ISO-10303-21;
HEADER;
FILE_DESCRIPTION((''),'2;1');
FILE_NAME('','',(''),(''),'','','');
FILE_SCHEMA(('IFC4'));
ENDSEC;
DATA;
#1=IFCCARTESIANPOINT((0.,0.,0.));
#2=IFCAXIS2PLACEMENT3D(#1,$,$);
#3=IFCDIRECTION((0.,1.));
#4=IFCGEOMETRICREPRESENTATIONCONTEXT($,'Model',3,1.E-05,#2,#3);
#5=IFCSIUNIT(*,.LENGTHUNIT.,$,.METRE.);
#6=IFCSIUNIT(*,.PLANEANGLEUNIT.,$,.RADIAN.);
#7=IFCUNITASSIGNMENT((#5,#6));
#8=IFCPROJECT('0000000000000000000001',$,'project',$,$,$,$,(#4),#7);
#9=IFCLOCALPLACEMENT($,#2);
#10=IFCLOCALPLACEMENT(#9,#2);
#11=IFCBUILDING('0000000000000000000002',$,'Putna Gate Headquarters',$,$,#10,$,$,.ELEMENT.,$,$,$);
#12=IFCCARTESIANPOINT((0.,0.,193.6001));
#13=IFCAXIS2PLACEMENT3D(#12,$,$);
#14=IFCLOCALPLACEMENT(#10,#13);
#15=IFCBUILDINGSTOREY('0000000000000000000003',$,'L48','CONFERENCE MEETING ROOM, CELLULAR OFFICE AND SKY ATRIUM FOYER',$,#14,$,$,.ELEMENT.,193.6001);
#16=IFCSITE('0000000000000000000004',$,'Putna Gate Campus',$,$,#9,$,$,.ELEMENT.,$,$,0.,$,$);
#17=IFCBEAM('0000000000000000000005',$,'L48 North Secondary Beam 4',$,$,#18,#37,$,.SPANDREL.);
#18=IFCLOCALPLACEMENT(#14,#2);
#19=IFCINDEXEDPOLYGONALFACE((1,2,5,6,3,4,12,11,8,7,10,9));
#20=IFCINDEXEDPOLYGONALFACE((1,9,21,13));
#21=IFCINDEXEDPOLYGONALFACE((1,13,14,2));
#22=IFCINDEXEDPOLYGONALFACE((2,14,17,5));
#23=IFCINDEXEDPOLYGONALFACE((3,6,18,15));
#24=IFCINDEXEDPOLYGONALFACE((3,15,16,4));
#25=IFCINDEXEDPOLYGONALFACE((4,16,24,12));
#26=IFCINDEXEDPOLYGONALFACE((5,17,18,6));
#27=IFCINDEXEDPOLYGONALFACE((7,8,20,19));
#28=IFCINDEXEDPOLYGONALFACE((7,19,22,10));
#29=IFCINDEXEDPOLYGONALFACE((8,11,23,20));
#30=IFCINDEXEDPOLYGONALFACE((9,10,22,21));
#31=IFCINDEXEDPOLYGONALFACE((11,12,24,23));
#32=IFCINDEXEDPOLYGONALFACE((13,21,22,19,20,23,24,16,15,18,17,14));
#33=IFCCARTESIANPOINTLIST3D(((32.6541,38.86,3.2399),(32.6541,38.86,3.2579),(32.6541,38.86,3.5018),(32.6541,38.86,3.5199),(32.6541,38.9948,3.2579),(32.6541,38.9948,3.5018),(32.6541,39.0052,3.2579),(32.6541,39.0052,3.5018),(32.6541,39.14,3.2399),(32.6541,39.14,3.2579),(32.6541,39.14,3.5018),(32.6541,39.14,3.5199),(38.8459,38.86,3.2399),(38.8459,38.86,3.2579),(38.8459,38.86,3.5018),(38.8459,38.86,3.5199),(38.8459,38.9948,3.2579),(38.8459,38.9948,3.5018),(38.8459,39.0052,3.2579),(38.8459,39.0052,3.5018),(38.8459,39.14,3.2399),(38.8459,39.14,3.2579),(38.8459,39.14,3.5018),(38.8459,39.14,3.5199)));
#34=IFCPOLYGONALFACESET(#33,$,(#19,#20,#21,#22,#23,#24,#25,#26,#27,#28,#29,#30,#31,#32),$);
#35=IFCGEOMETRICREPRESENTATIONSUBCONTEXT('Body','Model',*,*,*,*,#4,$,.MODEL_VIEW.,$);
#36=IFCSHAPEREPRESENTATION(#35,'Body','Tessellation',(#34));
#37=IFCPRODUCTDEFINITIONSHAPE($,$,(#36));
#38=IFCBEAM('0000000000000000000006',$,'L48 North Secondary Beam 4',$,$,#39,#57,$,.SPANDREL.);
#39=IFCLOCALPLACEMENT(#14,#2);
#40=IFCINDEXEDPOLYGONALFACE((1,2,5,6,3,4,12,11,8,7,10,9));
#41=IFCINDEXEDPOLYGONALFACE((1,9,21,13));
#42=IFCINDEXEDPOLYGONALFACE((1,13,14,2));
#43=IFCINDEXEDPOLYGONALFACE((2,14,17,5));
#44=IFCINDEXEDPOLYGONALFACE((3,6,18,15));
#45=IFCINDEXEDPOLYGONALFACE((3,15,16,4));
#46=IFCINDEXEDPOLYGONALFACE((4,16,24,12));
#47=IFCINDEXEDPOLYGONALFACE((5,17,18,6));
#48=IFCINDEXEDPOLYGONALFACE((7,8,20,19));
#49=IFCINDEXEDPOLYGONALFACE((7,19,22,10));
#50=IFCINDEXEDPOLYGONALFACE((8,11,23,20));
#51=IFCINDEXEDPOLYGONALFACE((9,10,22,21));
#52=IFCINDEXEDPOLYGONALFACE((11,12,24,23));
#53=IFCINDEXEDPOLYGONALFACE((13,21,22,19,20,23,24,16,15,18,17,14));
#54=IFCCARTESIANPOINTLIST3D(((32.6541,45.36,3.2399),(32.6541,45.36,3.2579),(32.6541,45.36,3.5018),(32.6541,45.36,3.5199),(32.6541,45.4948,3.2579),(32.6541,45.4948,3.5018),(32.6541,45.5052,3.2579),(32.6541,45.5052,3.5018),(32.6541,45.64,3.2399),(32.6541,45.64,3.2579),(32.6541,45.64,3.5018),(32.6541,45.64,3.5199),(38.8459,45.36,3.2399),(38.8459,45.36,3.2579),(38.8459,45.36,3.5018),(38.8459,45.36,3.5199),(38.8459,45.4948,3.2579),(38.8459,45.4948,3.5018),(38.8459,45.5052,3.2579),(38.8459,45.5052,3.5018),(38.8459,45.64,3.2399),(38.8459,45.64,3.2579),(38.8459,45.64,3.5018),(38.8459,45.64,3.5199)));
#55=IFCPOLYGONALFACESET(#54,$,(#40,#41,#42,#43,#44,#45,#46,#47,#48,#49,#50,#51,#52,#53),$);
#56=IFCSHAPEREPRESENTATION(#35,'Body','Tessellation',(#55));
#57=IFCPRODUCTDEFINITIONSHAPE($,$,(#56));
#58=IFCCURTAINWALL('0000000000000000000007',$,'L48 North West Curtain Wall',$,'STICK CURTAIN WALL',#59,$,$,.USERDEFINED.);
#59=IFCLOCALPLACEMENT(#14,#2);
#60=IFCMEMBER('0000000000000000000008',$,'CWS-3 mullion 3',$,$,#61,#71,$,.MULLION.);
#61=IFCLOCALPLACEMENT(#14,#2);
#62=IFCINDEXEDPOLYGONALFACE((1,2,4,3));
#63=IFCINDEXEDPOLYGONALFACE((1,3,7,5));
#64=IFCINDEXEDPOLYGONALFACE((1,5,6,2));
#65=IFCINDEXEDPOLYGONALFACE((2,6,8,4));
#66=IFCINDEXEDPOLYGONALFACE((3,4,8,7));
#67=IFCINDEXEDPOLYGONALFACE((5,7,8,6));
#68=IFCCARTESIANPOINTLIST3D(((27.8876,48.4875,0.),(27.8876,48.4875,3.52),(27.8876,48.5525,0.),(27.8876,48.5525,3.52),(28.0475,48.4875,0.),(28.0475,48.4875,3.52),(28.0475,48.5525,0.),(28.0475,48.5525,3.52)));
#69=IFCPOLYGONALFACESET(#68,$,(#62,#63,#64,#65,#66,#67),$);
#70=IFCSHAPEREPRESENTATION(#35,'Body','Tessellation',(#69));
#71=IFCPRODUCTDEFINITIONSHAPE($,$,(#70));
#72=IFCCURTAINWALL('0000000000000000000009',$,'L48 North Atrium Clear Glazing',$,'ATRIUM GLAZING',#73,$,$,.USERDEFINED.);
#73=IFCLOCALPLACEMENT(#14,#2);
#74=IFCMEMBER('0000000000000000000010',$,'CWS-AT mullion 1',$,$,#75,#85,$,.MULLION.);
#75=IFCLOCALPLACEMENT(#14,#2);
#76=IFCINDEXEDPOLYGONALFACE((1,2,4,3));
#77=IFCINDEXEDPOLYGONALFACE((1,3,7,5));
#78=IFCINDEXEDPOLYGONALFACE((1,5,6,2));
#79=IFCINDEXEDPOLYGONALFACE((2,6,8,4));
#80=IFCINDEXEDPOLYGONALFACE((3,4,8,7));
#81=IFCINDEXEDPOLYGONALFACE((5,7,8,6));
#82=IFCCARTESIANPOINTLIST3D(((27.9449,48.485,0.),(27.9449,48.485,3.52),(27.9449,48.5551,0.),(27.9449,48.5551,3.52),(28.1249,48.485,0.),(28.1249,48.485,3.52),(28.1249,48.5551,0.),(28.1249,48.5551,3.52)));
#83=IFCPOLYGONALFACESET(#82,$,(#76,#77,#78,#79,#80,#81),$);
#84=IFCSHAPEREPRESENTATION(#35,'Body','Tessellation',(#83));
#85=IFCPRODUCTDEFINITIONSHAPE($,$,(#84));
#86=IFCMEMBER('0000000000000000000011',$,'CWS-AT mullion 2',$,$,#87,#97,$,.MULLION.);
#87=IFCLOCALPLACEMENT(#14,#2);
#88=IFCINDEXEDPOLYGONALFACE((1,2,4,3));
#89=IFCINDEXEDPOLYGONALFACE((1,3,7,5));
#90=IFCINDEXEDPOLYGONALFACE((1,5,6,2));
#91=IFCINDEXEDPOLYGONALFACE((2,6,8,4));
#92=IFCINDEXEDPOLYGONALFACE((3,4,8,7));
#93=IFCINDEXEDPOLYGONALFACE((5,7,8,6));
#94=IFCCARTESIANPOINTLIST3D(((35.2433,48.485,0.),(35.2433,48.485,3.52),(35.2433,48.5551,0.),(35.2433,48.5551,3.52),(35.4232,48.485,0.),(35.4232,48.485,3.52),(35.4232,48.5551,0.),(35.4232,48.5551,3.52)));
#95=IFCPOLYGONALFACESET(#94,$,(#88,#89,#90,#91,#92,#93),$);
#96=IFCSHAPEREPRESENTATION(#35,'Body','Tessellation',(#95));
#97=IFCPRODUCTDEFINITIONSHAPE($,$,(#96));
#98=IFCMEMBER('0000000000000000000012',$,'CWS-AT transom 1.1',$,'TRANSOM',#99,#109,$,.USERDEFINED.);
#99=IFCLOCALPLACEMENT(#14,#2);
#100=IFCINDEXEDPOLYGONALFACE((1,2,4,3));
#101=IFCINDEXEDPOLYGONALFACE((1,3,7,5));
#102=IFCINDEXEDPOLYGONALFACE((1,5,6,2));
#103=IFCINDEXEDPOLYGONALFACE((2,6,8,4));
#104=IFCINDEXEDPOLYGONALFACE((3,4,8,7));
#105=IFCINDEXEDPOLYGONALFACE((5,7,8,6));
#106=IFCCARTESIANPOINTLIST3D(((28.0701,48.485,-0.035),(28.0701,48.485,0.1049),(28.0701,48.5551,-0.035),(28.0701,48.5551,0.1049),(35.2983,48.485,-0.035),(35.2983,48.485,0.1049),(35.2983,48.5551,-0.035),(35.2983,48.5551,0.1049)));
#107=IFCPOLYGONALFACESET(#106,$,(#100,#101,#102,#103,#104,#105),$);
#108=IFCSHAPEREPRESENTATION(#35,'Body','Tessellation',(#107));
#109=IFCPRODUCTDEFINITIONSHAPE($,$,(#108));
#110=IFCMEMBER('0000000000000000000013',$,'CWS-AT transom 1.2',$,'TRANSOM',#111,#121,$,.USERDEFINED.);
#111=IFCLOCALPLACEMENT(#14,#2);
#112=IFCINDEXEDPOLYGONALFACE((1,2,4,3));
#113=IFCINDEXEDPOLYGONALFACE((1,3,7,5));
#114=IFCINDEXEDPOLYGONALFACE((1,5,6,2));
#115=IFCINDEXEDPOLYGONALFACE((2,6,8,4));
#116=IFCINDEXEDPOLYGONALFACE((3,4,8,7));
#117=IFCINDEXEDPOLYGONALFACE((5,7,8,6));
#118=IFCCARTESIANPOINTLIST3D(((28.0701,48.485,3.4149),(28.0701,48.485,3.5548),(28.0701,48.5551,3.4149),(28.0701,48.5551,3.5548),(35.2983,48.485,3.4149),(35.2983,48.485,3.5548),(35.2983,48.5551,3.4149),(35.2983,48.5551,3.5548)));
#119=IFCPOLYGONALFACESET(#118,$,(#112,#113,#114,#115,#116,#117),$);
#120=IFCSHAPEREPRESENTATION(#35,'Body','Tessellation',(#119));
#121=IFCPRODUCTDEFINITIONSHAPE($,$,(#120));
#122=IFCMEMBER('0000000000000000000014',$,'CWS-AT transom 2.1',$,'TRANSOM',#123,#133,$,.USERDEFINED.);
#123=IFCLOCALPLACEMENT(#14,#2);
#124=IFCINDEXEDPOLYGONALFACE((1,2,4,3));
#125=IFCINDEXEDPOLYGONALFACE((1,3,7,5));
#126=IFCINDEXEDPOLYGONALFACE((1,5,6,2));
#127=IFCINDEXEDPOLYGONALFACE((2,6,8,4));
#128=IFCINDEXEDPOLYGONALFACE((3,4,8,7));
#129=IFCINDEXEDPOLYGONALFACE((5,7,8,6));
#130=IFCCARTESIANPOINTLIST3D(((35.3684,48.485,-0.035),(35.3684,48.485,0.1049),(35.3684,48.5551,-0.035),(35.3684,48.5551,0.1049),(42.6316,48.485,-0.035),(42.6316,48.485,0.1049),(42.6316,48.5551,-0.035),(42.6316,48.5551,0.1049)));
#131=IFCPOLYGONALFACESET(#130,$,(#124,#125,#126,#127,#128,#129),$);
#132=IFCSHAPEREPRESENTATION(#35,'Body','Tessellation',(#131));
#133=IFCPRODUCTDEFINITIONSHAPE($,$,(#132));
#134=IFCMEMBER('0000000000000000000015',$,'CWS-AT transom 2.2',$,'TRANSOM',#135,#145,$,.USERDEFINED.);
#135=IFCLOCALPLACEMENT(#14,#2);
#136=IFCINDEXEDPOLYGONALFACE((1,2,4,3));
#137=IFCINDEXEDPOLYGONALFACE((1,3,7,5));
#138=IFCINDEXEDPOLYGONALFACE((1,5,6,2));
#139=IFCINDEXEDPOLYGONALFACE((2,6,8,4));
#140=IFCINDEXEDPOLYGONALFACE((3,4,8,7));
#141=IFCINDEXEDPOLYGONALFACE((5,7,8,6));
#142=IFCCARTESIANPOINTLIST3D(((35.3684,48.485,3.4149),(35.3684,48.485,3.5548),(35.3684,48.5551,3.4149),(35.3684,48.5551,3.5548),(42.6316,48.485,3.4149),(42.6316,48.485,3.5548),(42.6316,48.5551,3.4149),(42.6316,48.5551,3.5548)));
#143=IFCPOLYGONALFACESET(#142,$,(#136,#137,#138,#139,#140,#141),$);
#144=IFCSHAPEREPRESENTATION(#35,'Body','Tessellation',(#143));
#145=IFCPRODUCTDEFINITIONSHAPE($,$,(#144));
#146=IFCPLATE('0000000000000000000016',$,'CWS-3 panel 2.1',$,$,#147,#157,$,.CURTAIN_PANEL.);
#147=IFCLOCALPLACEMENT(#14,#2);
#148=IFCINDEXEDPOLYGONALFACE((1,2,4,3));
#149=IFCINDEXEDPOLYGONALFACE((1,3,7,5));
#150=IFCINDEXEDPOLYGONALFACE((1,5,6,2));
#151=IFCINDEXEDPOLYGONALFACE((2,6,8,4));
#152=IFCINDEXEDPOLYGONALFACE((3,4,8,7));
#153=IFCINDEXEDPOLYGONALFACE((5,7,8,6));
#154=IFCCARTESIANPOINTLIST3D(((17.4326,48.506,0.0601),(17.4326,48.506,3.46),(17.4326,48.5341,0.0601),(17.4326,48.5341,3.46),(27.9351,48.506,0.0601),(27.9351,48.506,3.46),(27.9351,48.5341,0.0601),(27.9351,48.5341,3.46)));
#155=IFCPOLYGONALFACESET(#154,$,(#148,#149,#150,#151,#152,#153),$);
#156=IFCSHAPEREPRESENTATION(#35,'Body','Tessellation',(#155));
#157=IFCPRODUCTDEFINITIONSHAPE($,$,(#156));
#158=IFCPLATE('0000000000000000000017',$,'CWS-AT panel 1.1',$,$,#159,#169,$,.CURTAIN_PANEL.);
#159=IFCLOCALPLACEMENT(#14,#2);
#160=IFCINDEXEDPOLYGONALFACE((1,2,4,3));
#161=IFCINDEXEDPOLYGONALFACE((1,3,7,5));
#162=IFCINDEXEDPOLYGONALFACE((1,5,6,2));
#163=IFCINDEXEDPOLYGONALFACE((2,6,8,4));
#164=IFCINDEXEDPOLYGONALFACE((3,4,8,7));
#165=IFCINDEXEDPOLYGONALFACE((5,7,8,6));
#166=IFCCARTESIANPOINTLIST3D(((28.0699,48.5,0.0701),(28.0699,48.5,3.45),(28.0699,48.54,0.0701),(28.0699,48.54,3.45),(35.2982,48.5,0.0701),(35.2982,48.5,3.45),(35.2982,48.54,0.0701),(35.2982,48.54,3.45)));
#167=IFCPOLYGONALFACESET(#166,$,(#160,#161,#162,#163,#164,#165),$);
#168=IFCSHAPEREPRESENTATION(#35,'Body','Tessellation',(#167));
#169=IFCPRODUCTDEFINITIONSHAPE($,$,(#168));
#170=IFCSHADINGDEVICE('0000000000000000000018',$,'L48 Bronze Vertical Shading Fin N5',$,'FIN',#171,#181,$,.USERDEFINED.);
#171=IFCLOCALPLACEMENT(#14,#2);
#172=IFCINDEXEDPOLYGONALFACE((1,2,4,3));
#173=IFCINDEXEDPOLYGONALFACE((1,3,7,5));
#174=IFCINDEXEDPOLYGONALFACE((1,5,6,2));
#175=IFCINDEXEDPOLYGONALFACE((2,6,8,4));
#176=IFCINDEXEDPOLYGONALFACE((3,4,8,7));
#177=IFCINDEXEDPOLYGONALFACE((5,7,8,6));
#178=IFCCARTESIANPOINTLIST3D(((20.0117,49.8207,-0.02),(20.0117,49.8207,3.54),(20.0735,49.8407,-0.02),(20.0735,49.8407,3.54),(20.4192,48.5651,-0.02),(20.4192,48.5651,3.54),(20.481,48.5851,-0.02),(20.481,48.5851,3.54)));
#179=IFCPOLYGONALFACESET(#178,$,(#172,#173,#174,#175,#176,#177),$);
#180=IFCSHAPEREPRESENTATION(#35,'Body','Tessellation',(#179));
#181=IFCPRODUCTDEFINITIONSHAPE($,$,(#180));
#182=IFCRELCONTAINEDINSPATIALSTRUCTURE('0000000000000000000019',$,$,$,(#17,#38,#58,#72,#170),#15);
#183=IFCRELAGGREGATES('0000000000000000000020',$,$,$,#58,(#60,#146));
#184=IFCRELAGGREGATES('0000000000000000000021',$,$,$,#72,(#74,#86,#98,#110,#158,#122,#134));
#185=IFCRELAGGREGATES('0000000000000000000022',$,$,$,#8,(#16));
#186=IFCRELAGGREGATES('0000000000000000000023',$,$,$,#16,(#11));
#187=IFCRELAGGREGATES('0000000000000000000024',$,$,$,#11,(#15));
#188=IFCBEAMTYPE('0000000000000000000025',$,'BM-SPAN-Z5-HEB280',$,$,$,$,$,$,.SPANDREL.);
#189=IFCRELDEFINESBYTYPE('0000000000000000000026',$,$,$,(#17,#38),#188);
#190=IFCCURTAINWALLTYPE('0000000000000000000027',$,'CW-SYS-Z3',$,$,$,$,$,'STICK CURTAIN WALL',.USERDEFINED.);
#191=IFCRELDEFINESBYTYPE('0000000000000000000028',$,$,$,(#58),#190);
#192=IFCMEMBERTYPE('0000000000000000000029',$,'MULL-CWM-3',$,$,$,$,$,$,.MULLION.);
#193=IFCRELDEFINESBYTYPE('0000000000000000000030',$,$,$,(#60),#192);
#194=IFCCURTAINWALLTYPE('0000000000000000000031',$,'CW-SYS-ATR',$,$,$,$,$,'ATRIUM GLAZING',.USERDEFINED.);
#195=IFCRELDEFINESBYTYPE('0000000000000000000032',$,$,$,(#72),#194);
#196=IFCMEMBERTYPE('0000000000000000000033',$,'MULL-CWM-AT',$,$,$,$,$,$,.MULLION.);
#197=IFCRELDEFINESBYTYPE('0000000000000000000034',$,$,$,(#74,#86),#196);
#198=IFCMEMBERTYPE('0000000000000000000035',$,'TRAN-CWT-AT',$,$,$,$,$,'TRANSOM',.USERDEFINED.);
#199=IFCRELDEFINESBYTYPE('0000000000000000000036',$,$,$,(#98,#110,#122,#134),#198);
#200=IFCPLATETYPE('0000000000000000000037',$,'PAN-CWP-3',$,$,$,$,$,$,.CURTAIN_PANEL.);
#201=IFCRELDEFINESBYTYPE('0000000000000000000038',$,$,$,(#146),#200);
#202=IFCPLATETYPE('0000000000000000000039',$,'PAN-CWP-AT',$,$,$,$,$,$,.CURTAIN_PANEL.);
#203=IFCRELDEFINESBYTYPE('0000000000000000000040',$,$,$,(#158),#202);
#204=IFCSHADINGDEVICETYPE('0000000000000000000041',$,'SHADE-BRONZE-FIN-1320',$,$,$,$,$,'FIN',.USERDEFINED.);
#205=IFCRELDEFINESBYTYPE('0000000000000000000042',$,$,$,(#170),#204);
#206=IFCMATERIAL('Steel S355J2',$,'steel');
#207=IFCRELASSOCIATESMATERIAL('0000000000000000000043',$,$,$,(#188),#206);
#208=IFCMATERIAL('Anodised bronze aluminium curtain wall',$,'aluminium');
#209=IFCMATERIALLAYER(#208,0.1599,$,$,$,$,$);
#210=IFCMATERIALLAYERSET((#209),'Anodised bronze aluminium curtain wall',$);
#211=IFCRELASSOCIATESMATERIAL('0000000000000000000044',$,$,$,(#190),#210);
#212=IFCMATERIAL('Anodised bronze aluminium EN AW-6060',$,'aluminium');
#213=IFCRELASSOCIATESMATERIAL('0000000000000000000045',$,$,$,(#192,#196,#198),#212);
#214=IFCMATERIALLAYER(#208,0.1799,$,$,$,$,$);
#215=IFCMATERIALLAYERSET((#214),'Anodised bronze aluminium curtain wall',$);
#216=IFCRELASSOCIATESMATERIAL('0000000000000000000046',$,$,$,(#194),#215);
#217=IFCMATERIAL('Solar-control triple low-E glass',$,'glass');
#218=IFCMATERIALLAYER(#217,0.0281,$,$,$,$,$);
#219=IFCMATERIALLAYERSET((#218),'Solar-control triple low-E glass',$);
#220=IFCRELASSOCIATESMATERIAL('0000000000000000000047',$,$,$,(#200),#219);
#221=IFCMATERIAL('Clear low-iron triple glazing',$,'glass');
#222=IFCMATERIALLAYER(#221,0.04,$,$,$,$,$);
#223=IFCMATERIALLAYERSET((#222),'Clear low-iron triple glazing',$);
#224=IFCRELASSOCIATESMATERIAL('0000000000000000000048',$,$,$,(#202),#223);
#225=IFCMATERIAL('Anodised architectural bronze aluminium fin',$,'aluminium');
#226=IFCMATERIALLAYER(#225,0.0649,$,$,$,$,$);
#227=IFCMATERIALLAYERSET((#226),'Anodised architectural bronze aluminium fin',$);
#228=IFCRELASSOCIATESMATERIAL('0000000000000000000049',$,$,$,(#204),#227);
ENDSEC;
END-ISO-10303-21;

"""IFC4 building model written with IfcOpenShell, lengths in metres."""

from ifc_helpers import new_model, si_unit, direction, frame, origin, origin_2d, place, context, subcontext, project, spatial, rectangle, i_section, extrude, material, layer, layer_set, material_profile, profile_set, type_object, element, aggregate, save


model = new_model("IFC4")

# Units and contexts
model_context = context("Model", 3, precision=1e-05, world=origin(), true_north=direction((0.0, 1.0)))
body_context = subcontext(model_context, "Body", "Model", "MODEL_VIEW")
ifc_project = project(units=[si_unit("LENGTHUNIT", "METRE"), si_unit("PLANEANGLEUNIT", "RADIAN")], contexts=[model_context])

# Site, building, storey
site_placement = place(None, origin())
site = spatial("IfcSite", under=ifc_project, at=site_placement, Name="Putna Gate Campus", CompositionType="ELEMENT", RefElevation=0.0)
building_placement = place(site_placement, origin())
building = spatial("IfcBuilding", under=site, at=building_placement, Name="Putna Gate Headquarters", CompositionType="ELEMENT")
storey_placement = place(building_placement, frame((0.0, 0.0, 193.6001)))
storey = spatial("IfcBuildingStorey", under=building, at=storey_placement, Name="L48", Description="CONFERENCE MEETING ROOM, CELLULAR OFFICE AND SKY ATRIUM FOYER", CompositionType="ELEMENT", Elevation=193.6001)

# Beams
ifc_material_1 = material(Name="Steel S355J2", Category="steel")
ifc_material_profile_1 = material_profile(ifc_material_1, i_section(OverallWidth=0.28, OverallDepth=0.28, WebThickness=0.0105, FlangeThickness=0.0181, at=origin_2d()), Name="Steel S355J2")
ifc_profile_set_1 = profile_set([ifc_material_profile_1], Name="Steel S355J2")
beam_type_1 = type_object("IfcBeamType", Name="BM-SPAN-Z5-HEB280", PredefinedType="SPANDREL", material=ifc_profile_set_1)
for number, where, z_axis, x_axis, name in (
    (1, (32.6541, 39.0, 3.3799), (1.0, 0.0, 0.0), (0.0, 1.0, 0.0), "L48 North Secondary Beam 4"),
    (2, (32.6541, 45.5, 3.3799), (1.0, 0.0, 0.0), (0.0, 1.0, 0.0), "L48 North Secondary Beam 4"),
):
    element("IfcBeam", number, at=place(storey_placement, frame(where, z_axis=z_axis, x_axis=x_axis)), inside=storey, type_object=beam_type_1, Name=name, PredefinedType="SPANDREL", context=body_context, shape_type="SweptSolid", body=[
        extrude(i_section(OverallWidth=0.28, OverallDepth=0.28, WebThickness=0.0105, FlangeThickness=0.0181, at=origin_2d()), origin(), (0.0, 0.0, 1.0), 6.1919),
    ])

# Curtain wall, member
ifc_material_2 = material(Name="Anodised bronze aluminium curtain wall", Category="aluminium")
ifc_layer_1 = layer(ifc_material_2, 0.1599)
ifc_layer_set_1 = layer_set([ifc_layer_1], Name="Anodised bronze aluminium curtain wall")
curtain_wall_type_1 = type_object("IfcCurtainWallType", Name="CW-SYS-Z3", ElementType="STICK CURTAIN WALL", PredefinedType="USERDEFINED", material=ifc_layer_set_1)
curtain_wall_1_placement = place(storey_placement, origin())
curtain_wall_1 = element("IfcCurtainWall", 3, at=curtain_wall_1_placement, inside=storey, type_object=curtain_wall_type_1, Name="L48 North West Curtain Wall", ObjectType="STICK CURTAIN WALL", PredefinedType="USERDEFINED")
ifc_material_3 = material(Name="Anodised bronze aluminium EN AW-6060", Category="aluminium")
ifc_material_profile_2 = material_profile(ifc_material_3, rectangle(XDim=0.0649, YDim=0.1599, at=origin_2d()), Name="Anodised bronze aluminium EN AW-6060")
ifc_profile_set_2 = profile_set([ifc_material_profile_2], Name="Anodised bronze aluminium EN AW-6060")
member_type_1 = type_object("IfcMemberType", Name="MULL-CWM-3", PredefinedType="MULLION", material=ifc_profile_set_2)
member_1_placement = place(storey_placement, frame((27.9675, 48.52, 0.0), z_axis=(0.0, 0.0, 1.0), x_axis=(0.0, 1.0, 0.0)))
member_1 = element("IfcMember", 4, at=member_1_placement, type_object=member_type_1, Name="CWS-3 mullion 3", PredefinedType="MULLION", context=body_context, shape_type="SweptSolid", body=[
    extrude(rectangle(XDim=0.0649, YDim=0.1599, at=origin_2d()), origin(), (0.0, 0.0, 1.0), 3.52),
])

# Curtain wall, members
ifc_layer_2 = layer(ifc_material_2, 0.1799)
ifc_layer_set_2 = layer_set([ifc_layer_2], Name="Anodised bronze aluminium curtain wall")
curtain_wall_type_2 = type_object("IfcCurtainWallType", Name="CW-SYS-ATR", ElementType="ATRIUM GLAZING", PredefinedType="USERDEFINED", material=ifc_layer_set_2)
curtain_wall_2_placement = place(storey_placement, origin())
curtain_wall_2 = element("IfcCurtainWall", 5, at=curtain_wall_2_placement, inside=storey, type_object=curtain_wall_type_2, Name="L48 North Atrium Clear Glazing", ObjectType="ATRIUM GLAZING", PredefinedType="USERDEFINED")
ifc_material_profile_3 = material_profile(ifc_material_3, rectangle(XDim=0.0701, YDim=0.1799, at=origin_2d()), Name="Anodised bronze aluminium EN AW-6060")
ifc_profile_set_3 = profile_set([ifc_material_profile_3], Name="Anodised bronze aluminium EN AW-6060")
member_type_2 = type_object("IfcMemberType", Name="MULL-CWM-AT", PredefinedType="MULLION", material=ifc_profile_set_3)
member_2_placement = place(storey_placement, frame((28.0349, 48.52, 0.0), z_axis=(0.0, 0.0, 1.0), x_axis=(0.0, 1.0, 0.0)))
member_2 = element("IfcMember", 6, at=member_2_placement, type_object=member_type_2, Name="CWS-AT mullion 1", PredefinedType="MULLION", context=body_context, shape_type="SweptSolid", body=[
    extrude(rectangle(XDim=0.0701, YDim=0.1799, at=origin_2d()), origin(), (0.0, 0.0, 1.0), 3.52),
])
member_3_placement = place(storey_placement, frame((35.3333, 48.52, 0.0), z_axis=(0.0, 0.0, 1.0), x_axis=(0.0, 1.0, 0.0)))
member_3 = element("IfcMember", 7, at=member_3_placement, type_object=member_type_2, Name="CWS-AT mullion 2", PredefinedType="MULLION", context=body_context, shape_type="SweptSolid", body=[
    extrude(rectangle(XDim=0.0701, YDim=0.1799, at=origin_2d()), origin(), (0.0, 0.0, 1.0), 3.52),
])
ifc_material_profile_4 = material_profile(ifc_material_3, rectangle(XDim=0.0701, YDim=0.1399, at=origin_2d()), Name="Anodised bronze aluminium EN AW-6060")
ifc_profile_set_4 = profile_set([ifc_material_profile_4], Name="Anodised bronze aluminium EN AW-6060")
member_type_3 = type_object("IfcMemberType", Name="TRAN-CWT-AT", ElementType="TRANSOM", PredefinedType="USERDEFINED", material=ifc_profile_set_4)
member_4_placement = place(storey_placement, frame((28.0701, 48.52, 0.0349), z_axis=(1.0, 0.0, 0.0), x_axis=(0.0, 1.0, 0.0)))
member_4 = element("IfcMember", 8, at=member_4_placement, type_object=member_type_3, Name="CWS-AT transom 1.1", ObjectType="TRANSOM", PredefinedType="USERDEFINED", context=body_context, shape_type="SweptSolid", body=[
    extrude(rectangle(XDim=0.0701, YDim=0.1399, at=origin_2d()), origin(), (0.0, 0.0, 1.0), 7.2283),
])
member_5_placement = place(storey_placement, frame((28.0701, 48.52, 3.4849), z_axis=(1.0, 0.0, 0.0), x_axis=(0.0, 1.0, 0.0)))
member_5 = element("IfcMember", 9, at=member_5_placement, type_object=member_type_3, Name="CWS-AT transom 1.2", ObjectType="TRANSOM", PredefinedType="USERDEFINED", context=body_context, shape_type="SweptSolid", body=[
    extrude(rectangle(XDim=0.0701, YDim=0.1399, at=origin_2d()), origin(), (0.0, 0.0, 1.0), 7.2283),
])
member_6_placement = place(storey_placement, frame((35.3684, 48.52, 0.0349), z_axis=(1.0, 0.0, 0.0), x_axis=(0.0, 1.0, 0.0)))
member_6 = element("IfcMember", 10, at=member_6_placement, type_object=member_type_3, Name="CWS-AT transom 2.1", ObjectType="TRANSOM", PredefinedType="USERDEFINED", context=body_context, shape_type="SweptSolid", body=[
    extrude(rectangle(XDim=0.0701, YDim=0.1399, at=origin_2d()), origin(), (0.0, 0.0, 1.0), 7.2632),
])
member_7_placement = place(storey_placement, frame((35.3684, 48.52, 3.4849), z_axis=(1.0, 0.0, 0.0), x_axis=(0.0, 1.0, 0.0)))
member_7 = element("IfcMember", 11, at=member_7_placement, type_object=member_type_3, Name="CWS-AT transom 2.2", ObjectType="TRANSOM", PredefinedType="USERDEFINED", context=body_context, shape_type="SweptSolid", body=[
    extrude(rectangle(XDim=0.0701, YDim=0.1399, at=origin_2d()), origin(), (0.0, 0.0, 1.0), 7.2632),
])

# Plates
ifc_material_4 = material(Name="Solar-control triple low-E glass", Category="glass")
ifc_layer_3 = layer(ifc_material_4, 0.0281)
ifc_layer_set_3 = layer_set([ifc_layer_3], Name="Solar-control triple low-E glass")
plate_type_1 = type_object("IfcPlateType", Name="PAN-CWP-3", PredefinedType="CURTAIN_PANEL", material=ifc_layer_set_3)
plate_1_placement = place(storey_placement, frame((22.6838, 48.52, 0.0601), z_axis=(0.0, 0.0, 1.0), x_axis=(1.0, 0.0, 0.0)))
plate_1 = element("IfcPlate", 12, at=plate_1_placement, type_object=plate_type_1, Name="CWS-3 panel 2.1", PredefinedType="CURTAIN_PANEL", context=body_context, shape_type="SweptSolid", body=[
    extrude(rectangle(XDim=10.5024, YDim=0.0281, at=origin_2d()), origin(), (0.0, 0.0, 1.0), 3.3999),
])
aggregate(curtain_wall_1, [member_1, plate_1])
ifc_material_5 = material(Name="Clear low-iron triple glazing", Category="glass")
ifc_layer_4 = layer(ifc_material_5, 0.04)
ifc_layer_set_4 = layer_set([ifc_layer_4], Name="Clear low-iron triple glazing")
plate_type_2 = type_object("IfcPlateType", Name="PAN-CWP-AT", PredefinedType="CURTAIN_PANEL", material=ifc_layer_set_4)
plate_2_placement = place(storey_placement, frame((31.6841, 48.52, 0.0701), z_axis=(0.0, 0.0, 1.0), x_axis=(1.0, 0.0, 0.0)))
plate_2 = element("IfcPlate", 13, at=plate_2_placement, type_object=plate_type_2, Name="CWS-AT panel 1.1", PredefinedType="CURTAIN_PANEL", context=body_context, shape_type="SweptSolid", body=[
    extrude(rectangle(XDim=7.2283, YDim=0.04, at=origin_2d()), origin(), (0.0, 0.0, 1.0), 3.3799),
])
aggregate(curtain_wall_2, [member_2, member_3, member_4, member_5, plate_2, member_6, member_7])

# Shading device
ifc_material_6 = material(Name="Anodised architectural bronze aluminium fin", Category="aluminium")
ifc_layer_5 = layer(ifc_material_6, 0.0649)
ifc_layer_set_5 = layer_set([ifc_layer_5], Name="Anodised architectural bronze aluminium fin")
shading_device_type = type_object("IfcShadingDeviceType", Name="SHADE-BRONZE-FIN-1320", ElementType="FIN", PredefinedType="USERDEFINED", material=ifc_layer_set_5)
for number, where, z_axis, x_axis, name in (
    (14, (20.2463, 49.2029, -0.02), (0.0, 0.0, 1.0), (-0.308685, 0.951164, 0.0), "L48 Bronze Vertical Shading Fin N5"),
):
    element("IfcShadingDevice", number, at=place(storey_placement, frame(where, z_axis=z_axis, x_axis=x_axis)), inside=storey, type_object=shading_device_type, Name=name, ObjectType="FIN", PredefinedType="USERDEFINED", context=body_context, shape_type="SweptSolid", body=[
        extrude(rectangle(XDim=1.3201, YDim=0.0649, at=origin_2d()), origin(), (0.0, 0.0, 1.0), 3.5601),
    ])

save(model, "model.ifc")
